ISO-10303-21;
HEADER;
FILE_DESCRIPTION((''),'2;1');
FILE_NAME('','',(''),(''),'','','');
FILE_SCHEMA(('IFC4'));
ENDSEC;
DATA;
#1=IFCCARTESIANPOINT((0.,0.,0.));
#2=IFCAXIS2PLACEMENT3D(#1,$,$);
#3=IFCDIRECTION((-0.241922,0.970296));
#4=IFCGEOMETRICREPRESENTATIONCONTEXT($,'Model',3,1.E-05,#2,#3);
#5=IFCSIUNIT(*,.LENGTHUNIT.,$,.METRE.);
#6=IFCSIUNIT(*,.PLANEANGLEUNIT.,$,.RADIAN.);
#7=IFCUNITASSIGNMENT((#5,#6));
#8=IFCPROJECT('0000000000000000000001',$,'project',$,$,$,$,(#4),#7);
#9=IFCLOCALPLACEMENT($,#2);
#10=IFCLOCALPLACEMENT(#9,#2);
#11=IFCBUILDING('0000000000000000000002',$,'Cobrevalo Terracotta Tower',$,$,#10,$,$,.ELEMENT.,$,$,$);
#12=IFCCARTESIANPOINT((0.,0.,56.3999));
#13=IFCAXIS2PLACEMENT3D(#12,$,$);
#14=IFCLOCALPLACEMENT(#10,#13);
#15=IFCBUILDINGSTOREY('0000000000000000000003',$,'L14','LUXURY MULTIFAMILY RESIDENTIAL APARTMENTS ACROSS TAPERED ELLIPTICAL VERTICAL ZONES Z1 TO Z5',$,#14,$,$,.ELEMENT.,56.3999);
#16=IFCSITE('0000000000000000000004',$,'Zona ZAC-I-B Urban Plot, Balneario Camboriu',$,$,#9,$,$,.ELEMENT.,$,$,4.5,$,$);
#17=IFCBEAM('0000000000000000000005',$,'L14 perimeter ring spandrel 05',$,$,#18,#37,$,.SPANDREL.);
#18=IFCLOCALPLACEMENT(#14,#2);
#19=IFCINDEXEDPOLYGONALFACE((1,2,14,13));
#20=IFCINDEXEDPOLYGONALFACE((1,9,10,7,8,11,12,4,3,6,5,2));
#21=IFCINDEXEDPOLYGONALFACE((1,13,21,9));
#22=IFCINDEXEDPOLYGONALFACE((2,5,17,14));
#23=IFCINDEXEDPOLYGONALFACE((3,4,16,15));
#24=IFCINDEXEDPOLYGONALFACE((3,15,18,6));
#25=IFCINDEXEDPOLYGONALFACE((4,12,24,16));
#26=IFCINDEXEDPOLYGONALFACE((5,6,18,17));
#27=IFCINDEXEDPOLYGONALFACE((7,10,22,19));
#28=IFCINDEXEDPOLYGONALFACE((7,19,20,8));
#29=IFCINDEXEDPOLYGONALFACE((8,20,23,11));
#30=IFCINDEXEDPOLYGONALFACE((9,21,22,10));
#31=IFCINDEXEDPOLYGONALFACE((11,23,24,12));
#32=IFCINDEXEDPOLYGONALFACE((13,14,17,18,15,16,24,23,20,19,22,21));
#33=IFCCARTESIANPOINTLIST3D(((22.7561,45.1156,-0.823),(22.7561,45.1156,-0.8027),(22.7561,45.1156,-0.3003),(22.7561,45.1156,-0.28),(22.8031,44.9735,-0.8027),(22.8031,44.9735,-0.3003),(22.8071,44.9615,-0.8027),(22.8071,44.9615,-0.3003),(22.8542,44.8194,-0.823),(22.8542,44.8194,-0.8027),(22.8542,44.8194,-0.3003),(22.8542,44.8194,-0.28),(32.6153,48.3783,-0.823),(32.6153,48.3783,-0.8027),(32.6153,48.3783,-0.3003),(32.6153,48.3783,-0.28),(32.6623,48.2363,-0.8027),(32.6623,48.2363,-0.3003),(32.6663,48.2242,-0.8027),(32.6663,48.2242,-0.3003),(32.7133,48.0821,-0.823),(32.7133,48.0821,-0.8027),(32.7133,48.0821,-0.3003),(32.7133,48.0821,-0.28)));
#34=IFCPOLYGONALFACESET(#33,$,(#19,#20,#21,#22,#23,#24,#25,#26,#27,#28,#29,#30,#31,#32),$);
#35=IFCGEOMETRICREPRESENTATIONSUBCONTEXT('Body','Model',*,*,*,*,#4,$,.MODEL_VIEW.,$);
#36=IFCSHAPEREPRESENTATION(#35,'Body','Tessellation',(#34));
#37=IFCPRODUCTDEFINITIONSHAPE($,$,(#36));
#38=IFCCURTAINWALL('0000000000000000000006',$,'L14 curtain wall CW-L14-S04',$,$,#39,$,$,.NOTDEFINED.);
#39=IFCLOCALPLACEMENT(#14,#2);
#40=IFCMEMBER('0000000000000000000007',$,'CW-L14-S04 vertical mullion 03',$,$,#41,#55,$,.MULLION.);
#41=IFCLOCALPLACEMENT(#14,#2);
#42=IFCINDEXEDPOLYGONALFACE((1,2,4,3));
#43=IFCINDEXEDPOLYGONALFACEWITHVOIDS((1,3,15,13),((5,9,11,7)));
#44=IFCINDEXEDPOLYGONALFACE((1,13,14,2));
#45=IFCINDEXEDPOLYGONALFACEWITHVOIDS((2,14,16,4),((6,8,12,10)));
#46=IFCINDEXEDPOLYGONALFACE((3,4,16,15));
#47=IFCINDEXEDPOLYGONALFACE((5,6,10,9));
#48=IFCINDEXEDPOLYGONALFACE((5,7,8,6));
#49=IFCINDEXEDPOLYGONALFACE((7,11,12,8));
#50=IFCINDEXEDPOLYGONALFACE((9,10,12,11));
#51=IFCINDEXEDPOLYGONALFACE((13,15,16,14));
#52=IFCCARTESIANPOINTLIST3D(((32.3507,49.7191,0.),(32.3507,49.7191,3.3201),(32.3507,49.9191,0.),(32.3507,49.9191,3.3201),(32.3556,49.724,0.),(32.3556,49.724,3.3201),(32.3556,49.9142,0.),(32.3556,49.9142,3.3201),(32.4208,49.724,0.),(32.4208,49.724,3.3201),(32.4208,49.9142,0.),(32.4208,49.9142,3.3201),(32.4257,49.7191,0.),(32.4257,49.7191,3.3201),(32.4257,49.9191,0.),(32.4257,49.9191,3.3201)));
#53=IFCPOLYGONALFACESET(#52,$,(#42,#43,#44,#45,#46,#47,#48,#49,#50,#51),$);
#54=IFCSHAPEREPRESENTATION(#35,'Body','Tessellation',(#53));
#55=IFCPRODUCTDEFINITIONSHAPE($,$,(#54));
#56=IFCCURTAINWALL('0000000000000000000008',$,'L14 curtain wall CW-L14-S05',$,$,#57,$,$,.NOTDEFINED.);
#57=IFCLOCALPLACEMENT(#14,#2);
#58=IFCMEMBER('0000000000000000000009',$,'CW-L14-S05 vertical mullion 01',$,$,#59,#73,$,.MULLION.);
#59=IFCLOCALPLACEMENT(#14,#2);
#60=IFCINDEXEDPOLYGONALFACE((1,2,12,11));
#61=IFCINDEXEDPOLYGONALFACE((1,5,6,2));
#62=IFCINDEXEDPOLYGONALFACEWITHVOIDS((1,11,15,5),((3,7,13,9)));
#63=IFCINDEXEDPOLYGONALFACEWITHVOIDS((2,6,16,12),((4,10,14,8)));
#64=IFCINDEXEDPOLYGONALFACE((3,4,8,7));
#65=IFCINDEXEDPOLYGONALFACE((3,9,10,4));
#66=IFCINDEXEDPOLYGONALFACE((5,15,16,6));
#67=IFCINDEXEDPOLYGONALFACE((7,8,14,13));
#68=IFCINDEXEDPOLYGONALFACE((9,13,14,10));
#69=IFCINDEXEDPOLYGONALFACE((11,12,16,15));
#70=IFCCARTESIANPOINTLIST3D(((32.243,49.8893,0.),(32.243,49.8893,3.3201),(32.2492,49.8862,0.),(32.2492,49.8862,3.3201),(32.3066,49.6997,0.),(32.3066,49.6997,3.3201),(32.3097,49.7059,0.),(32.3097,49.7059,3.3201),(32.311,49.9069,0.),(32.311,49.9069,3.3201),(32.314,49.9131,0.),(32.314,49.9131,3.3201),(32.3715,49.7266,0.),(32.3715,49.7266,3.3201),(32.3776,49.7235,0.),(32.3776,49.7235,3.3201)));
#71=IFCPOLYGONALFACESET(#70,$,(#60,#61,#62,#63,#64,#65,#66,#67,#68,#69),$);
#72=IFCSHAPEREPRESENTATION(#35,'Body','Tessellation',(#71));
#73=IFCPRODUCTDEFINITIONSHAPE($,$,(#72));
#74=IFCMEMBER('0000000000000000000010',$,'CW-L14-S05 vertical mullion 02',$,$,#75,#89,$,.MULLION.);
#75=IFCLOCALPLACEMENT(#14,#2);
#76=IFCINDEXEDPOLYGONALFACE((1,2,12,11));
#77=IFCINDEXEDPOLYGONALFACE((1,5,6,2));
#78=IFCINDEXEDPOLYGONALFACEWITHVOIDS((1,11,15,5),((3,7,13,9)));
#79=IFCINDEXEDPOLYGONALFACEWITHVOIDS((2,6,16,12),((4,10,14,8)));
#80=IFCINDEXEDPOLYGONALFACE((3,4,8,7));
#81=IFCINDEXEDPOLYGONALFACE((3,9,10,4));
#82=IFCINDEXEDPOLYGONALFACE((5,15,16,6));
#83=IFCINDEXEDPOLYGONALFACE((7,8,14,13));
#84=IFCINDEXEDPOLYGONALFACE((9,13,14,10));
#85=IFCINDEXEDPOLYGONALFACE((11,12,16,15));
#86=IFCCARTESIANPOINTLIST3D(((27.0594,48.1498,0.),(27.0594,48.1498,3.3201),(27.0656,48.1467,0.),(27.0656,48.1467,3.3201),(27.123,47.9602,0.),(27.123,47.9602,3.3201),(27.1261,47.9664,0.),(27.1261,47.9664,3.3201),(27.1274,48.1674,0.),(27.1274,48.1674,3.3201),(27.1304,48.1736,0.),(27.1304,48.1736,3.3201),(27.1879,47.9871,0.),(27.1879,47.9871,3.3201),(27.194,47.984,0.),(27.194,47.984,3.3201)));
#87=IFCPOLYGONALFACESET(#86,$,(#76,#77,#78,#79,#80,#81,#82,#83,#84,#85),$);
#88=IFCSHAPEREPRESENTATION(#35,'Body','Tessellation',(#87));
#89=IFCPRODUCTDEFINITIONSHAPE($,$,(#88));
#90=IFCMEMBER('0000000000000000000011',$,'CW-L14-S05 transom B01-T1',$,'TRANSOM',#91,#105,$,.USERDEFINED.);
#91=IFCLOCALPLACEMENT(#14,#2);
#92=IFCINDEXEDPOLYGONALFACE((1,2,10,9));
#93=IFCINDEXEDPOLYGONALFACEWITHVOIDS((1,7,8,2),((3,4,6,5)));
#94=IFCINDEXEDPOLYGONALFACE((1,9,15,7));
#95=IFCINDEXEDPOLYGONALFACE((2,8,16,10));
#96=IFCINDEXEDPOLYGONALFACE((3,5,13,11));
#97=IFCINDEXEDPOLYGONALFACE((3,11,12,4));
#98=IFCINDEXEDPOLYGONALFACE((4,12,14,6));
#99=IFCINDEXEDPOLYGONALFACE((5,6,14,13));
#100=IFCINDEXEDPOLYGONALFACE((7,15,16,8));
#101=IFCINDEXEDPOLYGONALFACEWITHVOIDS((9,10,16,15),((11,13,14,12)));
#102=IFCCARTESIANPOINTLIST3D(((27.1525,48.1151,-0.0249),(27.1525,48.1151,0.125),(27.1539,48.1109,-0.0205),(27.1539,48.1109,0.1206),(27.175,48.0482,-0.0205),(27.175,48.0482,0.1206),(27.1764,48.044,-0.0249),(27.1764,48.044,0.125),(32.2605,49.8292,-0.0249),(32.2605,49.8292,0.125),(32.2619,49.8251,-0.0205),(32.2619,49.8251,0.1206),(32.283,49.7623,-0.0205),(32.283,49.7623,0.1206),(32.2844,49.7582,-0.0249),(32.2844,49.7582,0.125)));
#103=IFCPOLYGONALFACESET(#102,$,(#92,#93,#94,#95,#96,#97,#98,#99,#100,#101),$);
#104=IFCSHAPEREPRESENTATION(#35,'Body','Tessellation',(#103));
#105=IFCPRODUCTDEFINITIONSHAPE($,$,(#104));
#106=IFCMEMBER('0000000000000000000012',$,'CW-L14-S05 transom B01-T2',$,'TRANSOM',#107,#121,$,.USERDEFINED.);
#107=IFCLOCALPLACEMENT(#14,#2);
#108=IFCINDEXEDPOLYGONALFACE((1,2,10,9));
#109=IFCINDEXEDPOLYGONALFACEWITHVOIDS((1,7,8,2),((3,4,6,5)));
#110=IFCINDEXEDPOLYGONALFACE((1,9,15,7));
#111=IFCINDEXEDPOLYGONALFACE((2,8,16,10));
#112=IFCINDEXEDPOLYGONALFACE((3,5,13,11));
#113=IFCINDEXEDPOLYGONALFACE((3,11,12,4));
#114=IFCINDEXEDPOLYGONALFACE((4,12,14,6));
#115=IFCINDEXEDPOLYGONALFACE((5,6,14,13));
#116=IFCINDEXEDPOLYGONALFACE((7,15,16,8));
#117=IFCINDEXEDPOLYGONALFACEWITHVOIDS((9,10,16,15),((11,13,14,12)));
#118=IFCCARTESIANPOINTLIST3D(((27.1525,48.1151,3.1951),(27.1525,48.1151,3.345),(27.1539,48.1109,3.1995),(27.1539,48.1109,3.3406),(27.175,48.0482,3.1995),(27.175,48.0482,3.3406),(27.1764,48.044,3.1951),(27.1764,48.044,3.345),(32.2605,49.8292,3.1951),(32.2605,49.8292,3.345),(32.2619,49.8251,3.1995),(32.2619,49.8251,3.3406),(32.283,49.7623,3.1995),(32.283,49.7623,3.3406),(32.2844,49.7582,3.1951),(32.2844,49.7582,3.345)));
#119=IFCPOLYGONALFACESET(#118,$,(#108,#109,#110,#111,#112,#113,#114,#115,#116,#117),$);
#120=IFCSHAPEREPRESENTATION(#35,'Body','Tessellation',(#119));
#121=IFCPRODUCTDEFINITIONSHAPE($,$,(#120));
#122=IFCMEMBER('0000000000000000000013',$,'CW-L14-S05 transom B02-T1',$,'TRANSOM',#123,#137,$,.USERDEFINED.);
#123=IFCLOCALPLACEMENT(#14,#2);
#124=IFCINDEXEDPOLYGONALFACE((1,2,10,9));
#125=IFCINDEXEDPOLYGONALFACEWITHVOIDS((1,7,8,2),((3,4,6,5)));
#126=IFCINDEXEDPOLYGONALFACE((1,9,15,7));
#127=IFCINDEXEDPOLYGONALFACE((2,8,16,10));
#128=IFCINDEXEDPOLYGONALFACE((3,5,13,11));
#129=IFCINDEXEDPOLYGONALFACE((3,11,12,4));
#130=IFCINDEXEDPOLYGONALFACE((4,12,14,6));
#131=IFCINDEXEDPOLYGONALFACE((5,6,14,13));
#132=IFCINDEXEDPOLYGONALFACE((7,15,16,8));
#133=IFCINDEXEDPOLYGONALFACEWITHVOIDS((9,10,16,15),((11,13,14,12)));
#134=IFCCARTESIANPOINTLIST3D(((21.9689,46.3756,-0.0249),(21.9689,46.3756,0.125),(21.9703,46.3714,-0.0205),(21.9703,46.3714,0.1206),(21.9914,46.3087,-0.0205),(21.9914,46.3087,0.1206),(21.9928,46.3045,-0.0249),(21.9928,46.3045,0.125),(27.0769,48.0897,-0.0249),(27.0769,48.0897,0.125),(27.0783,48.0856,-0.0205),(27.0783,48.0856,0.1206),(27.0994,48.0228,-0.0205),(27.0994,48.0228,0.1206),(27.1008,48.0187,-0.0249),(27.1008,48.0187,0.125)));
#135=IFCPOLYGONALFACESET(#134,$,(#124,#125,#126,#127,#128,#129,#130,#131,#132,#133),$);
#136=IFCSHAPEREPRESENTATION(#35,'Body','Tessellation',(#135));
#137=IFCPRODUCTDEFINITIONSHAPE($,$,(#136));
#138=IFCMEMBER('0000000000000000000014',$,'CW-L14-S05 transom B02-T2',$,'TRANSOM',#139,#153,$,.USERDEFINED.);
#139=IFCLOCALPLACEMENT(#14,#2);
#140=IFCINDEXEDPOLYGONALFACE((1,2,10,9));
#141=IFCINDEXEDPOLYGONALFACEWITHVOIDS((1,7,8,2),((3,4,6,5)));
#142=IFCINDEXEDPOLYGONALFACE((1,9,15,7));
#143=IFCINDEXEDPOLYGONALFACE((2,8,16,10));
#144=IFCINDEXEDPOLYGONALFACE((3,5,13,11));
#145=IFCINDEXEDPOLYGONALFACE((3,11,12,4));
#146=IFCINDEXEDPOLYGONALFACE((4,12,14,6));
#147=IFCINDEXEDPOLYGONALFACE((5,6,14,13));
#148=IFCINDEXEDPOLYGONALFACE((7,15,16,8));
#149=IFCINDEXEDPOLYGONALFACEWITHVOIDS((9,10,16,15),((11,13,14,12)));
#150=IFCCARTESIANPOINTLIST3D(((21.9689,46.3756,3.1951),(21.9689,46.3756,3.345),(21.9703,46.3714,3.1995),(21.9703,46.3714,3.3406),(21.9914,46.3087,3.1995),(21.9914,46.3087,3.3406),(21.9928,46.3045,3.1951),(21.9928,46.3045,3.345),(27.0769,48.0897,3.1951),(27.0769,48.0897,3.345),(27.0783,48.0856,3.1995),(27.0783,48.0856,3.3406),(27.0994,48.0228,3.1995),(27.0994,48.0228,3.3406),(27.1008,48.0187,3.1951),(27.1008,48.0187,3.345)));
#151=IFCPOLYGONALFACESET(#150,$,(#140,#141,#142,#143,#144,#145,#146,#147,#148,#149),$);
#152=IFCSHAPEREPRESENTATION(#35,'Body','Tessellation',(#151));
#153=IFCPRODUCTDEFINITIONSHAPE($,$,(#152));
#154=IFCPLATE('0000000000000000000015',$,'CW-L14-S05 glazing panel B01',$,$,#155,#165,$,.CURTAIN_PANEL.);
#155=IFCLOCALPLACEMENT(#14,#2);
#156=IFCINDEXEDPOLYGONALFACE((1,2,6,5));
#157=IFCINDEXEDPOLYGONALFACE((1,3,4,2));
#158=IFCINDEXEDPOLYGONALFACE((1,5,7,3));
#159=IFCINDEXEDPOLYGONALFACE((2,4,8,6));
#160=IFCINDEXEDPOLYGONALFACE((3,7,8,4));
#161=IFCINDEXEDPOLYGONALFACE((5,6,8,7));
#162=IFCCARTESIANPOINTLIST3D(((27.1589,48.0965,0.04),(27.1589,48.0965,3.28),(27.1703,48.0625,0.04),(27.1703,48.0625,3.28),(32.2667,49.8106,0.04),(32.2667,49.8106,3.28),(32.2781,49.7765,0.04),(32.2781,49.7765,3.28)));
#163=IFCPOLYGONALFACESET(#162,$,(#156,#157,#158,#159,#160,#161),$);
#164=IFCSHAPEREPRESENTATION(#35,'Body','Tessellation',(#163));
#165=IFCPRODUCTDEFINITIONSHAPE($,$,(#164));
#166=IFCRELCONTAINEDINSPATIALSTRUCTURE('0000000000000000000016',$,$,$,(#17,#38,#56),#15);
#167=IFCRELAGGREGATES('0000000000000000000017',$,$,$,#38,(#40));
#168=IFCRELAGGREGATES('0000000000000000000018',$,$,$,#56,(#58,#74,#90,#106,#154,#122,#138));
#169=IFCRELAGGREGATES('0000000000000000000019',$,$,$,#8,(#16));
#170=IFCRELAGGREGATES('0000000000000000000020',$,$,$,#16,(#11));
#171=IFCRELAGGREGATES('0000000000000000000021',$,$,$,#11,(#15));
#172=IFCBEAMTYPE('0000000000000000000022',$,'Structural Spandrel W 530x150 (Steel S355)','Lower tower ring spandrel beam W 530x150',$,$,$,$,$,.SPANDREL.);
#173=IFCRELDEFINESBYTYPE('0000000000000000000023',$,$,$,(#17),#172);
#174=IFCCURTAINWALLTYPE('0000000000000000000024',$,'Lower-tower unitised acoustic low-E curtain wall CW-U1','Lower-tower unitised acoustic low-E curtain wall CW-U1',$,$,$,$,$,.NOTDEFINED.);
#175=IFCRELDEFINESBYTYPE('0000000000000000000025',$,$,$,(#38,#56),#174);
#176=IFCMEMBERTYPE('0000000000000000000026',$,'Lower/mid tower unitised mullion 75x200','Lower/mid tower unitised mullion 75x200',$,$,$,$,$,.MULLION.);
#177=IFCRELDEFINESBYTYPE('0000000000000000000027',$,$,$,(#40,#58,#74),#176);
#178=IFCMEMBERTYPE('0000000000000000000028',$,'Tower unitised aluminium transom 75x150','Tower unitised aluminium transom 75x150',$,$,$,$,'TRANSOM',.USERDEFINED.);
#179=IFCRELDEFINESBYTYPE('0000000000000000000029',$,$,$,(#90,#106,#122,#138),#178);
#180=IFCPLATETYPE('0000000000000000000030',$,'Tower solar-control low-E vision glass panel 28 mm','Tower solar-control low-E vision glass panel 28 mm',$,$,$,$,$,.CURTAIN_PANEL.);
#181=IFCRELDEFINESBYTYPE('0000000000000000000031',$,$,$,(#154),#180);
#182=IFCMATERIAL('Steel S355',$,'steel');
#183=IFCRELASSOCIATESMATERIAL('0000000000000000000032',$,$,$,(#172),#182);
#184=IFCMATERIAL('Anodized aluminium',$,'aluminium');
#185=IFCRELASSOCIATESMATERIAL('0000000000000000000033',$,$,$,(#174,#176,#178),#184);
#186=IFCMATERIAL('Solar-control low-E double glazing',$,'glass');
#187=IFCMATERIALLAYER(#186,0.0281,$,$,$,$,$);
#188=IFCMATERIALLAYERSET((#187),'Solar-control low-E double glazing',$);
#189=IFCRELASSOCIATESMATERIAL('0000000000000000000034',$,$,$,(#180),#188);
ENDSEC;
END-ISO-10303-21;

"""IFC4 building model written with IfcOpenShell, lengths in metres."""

from ifc_helpers import new_model, si_unit, direction, frame, origin, origin_2d, place, context, subcontext, project, spatial, rectangle, hollow_rectangle, i_section, extrude, source, transform, mapped, material, layer, layer_set, material_profile, profile_set, type_object, element, aggregate, save


model = new_model("IFC4")

# Units and contexts
model_context = context("Model", 3, precision=1e-05, world=origin(), true_north=direction((-0.241922, 0.970296)))
body_context = subcontext(model_context, "Body", "Model", "MODEL_VIEW")
ifc_project = project(units=[si_unit("LENGTHUNIT", "METRE"), si_unit("PLANEANGLEUNIT", "RADIAN")], contexts=[model_context])

# Site, building, storey
site_placement = place(None, origin())
site = spatial("IfcSite", under=ifc_project, at=site_placement, Name="Zona ZAC-I-B Urban Plot, Balneario Camboriu", CompositionType="ELEMENT", RefElevation=4.5)
building_placement = place(site_placement, origin())
building = spatial("IfcBuilding", under=site, at=building_placement, Name="Cobrevalo Terracotta Tower", CompositionType="ELEMENT")
storey_placement = place(building_placement, frame((0.0, 0.0, 56.3999)))
storey = spatial("IfcBuildingStorey", under=building, at=storey_placement, Name="L14", Description="LUXURY MULTIFAMILY RESIDENTIAL APARTMENTS ACROSS TAPERED ELLIPTICAL VERTICAL ZONES Z1 TO Z5", CompositionType="ELEMENT", Elevation=56.3999)

# Shared definitions
ifc_material_1 = material(Name="Steel S355", Category="steel")

# Beam
ifc_material_profile_1 = material_profile(ifc_material_1, i_section(OverallWidth=0.312, OverallDepth=0.543, WebThickness=0.0127, FlangeThickness=0.0203, at=origin_2d()), Name="W 530x150")
ifc_profile_set_1 = profile_set([ifc_material_profile_1], Name="Steel S355")
beam_type_1 = type_object("IfcBeamType", Name="Structural Spandrel W 530x150 (Steel S355)", Description="Lower tower ring spandrel beam W 530x150", PredefinedType="SPANDREL", material=ifc_profile_set_1)
beam_1_placement = place(storey_placement, frame((32.6643, 48.2302, -0.5515), z_axis=(-0.949365, -0.314175, 0.0), x_axis=(0.314175, -0.949365, 0.0)))
element("IfcBeam", 1, at=beam_1_placement, inside=storey, type_object=beam_type_1, Name="L14 perimeter ring spandrel 05", PredefinedType="SPANDREL", context=body_context, shape_type="SweptSolid", body=[
    extrude(i_section(OverallWidth=0.312, OverallDepth=0.543, WebThickness=0.0127, FlangeThickness=0.0203, at=origin_2d()), origin(), (0.0, 0.0, 1.0), 10.385),
])

# Curtain wall, member
ifc_material_2 = material(Name="Anodized aluminium", Category="aluminium")
curtain_wall_type = type_object("IfcCurtainWallType", Name="Lower-tower unitised acoustic low-E curtain wall CW-U1", Description="Lower-tower unitised acoustic low-E curtain wall CW-U1", PredefinedType="NOTDEFINED", material=ifc_material_2)
curtain_wall_1_placement = place(storey_placement, origin())
curtain_wall_1 = element("IfcCurtainWall", 2, at=curtain_wall_1_placement, inside=storey, type_object=curtain_wall_type, Name="L14 curtain wall CW-L14-S04", PredefinedType="NOTDEFINED")
ifc_material_profile_2 = material_profile(ifc_material_2, hollow_rectangle(XDim=0.075, YDim=0.2, WallThickness=0.0049, at=origin_2d()), Name="CWM 75x200")
ifc_profile_set_2 = profile_set([ifc_material_profile_2], Name="Anodized aluminium")
member_type_1 = type_object("IfcMemberType", Name="Lower/mid tower unitised mullion 75x200", Description="Lower/mid tower unitised mullion 75x200", PredefinedType="MULLION", material=ifc_profile_set_2)
shared_shape_1 = source(origin(), body_context, "Body", "SweptSolid", [
    extrude(hollow_rectangle(XDim=0.075, YDim=0.2, WallThickness=0.0049, at=origin_2d()), origin(), (0.0, 0.0, 1.0), 3.3201),
])
member_1_placement = place(storey_placement, frame((32.3882, 49.8191, 0.0), z_axis=(0.0, 0.0, 1.0), x_axis=(-1.0, 0.0, 0.0)))
member_1 = element("IfcMember", 3, at=member_1_placement, type_object=member_type_1, Name="CW-L14-S04 vertical mullion 03", PredefinedType="MULLION", context=body_context, shape_type="MappedRepresentation", body=[
    mapped(shared_shape_1, transform((0.0, 0.0, 0.0), scale=1.0)),
])
aggregate(curtain_wall_1, [member_1])

# Curtain wall, members, plate
curtain_wall_2_placement = place(storey_placement, origin())
curtain_wall_2 = element("IfcCurtainWall", 4, at=curtain_wall_2_placement, inside=storey, type_object=curtain_wall_type, Name="L14 curtain wall CW-L14-S05", PredefinedType="NOTDEFINED")
member_2_placement = place(storey_placement, frame((32.3103, 49.8064, 0.0), z_axis=(0.0, 0.0, 1.0), x_axis=(-0.948046, -0.318132, 0.0)))
member_2 = element("IfcMember", 5, at=member_2_placement, type_object=member_type_1, Name="CW-L14-S05 vertical mullion 01", PredefinedType="MULLION", context=body_context, shape_type="MappedRepresentation", body=[
    mapped(shared_shape_1, transform((0.0, 0.0, 0.0), scale=1.0)),
])
member_3_placement = place(storey_placement, frame((27.1267, 48.0669, 0.0), z_axis=(0.0, 0.0, 1.0), x_axis=(-0.948046, -0.318132, 0.0)))
member_3 = element("IfcMember", 6, at=member_3_placement, type_object=member_type_1, Name="CW-L14-S05 vertical mullion 02", PredefinedType="MULLION", context=body_context, shape_type="MappedRepresentation", body=[
    mapped(shared_shape_1, transform((0.0, 0.0, 0.0), scale=1.0)),
])
ifc_material_profile_3 = material_profile(ifc_material_2, hollow_rectangle(XDim=0.075, YDim=0.1499, WallThickness=0.0044, at=origin_2d()), Name="CWT 75x150")
ifc_profile_set_3 = profile_set([ifc_material_profile_3], Name="Anodized aluminium")
member_type_2 = type_object("IfcMemberType", Name="Tower unitised aluminium transom 75x150", Description="Tower unitised aluminium transom 75x150", ElementType="TRANSOM", PredefinedType="USERDEFINED", material=ifc_profile_set_3)
shared_shape_2 = source(origin(), body_context, "Body", "SweptSolid", [
    extrude(hollow_rectangle(XDim=0.075, YDim=0.1499, WallThickness=0.0044, at=origin_2d()), origin(), (0.0, 0.0, 1.0), 5.3879),
])
member_4_placement = place(storey_placement, frame((32.2725, 49.7937, 0.05), z_axis=(-0.948042, -0.318144, 0.0), x_axis=(0.318144, -0.948042, 0.0)))
member_4 = element("IfcMember", 7, at=member_4_placement, type_object=member_type_2, Name="CW-L14-S05 transom B01-T1", ObjectType="TRANSOM", PredefinedType="USERDEFINED", context=body_context, shape_type="MappedRepresentation", body=[
    mapped(shared_shape_2, transform((0.0, 0.0, 0.0), scale=1.0)),
])
member_5_placement = place(storey_placement, frame((32.2725, 49.7937, 3.27), z_axis=(-0.948042, -0.318144, 0.0), x_axis=(0.318144, -0.948042, 0.0)))
member_5 = element("IfcMember", 8, at=member_5_placement, type_object=member_type_2, Name="CW-L14-S05 transom B01-T2", ObjectType="TRANSOM", PredefinedType="USERDEFINED", context=body_context, shape_type="MappedRepresentation", body=[
    mapped(shared_shape_2, transform((0.0, 0.0, 0.0), scale=1.0)),
])
member_6_placement = place(storey_placement, frame((27.0889, 48.0542, 0.05), z_axis=(-0.948042, -0.318144, 0.0), x_axis=(0.318144, -0.948042, 0.0)))
member_6 = element("IfcMember", 9, at=member_6_placement, type_object=member_type_2, Name="CW-L14-S05 transom B02-T1", ObjectType="TRANSOM", PredefinedType="USERDEFINED", context=body_context, shape_type="MappedRepresentation", body=[
    mapped(shared_shape_2, transform((0.0, 0.0, 0.0), scale=1.0)),
])
member_7_placement = place(storey_placement, frame((27.0889, 48.0542, 3.27), z_axis=(-0.948042, -0.318144, 0.0), x_axis=(0.318144, -0.948042, 0.0)))
member_7 = element("IfcMember", 10, at=member_7_placement, type_object=member_type_2, Name="CW-L14-S05 transom B02-T2", ObjectType="TRANSOM", PredefinedType="USERDEFINED", context=body_context, shape_type="MappedRepresentation", body=[
    mapped(shared_shape_2, transform((0.0, 0.0, 0.0), scale=1.0)),
])
ifc_material_3 = material(Name="Solar-control low-E double glazing", Category="glass")
ifc_layer_1 = layer(ifc_material_3, 0.0281)
ifc_layer_set_1 = layer_set([ifc_layer_1], Name="Solar-control low-E double glazing")
plate_type = type_object("IfcPlateType", Name="Tower solar-control low-E vision glass panel 28 mm", Description="Tower solar-control low-E vision glass panel 28 mm", PredefinedType="CURTAIN_PANEL", material=ifc_layer_set_1)
shared_shape_3 = source(origin(), body_context, "Body", "SweptSolid", [
    extrude(rectangle(XDim=5.3877, YDim=0.0359, at=origin_2d()), origin(), (0.0, 0.0, 1.0), 3.24),
])
plate_placement = place(storey_placement, frame((29.7185, 48.9365, 0.04), z_axis=(0.0, 0.0, 1.0), x_axis=(-0.948044, -0.318139, 0.0)))
plate = element("IfcPlate", 11, at=plate_placement, type_object=plate_type, Name="CW-L14-S05 glazing panel B01", PredefinedType="CURTAIN_PANEL", context=body_context, shape_type="MappedRepresentation", body=[
    mapped(shared_shape_3, transform((0.0, 0.0, 0.0), scale=1.0)),
])
aggregate(curtain_wall_2, [member_2, member_3, member_4, member_5, plate, member_6, member_7])

save(model, "model.ifc")
